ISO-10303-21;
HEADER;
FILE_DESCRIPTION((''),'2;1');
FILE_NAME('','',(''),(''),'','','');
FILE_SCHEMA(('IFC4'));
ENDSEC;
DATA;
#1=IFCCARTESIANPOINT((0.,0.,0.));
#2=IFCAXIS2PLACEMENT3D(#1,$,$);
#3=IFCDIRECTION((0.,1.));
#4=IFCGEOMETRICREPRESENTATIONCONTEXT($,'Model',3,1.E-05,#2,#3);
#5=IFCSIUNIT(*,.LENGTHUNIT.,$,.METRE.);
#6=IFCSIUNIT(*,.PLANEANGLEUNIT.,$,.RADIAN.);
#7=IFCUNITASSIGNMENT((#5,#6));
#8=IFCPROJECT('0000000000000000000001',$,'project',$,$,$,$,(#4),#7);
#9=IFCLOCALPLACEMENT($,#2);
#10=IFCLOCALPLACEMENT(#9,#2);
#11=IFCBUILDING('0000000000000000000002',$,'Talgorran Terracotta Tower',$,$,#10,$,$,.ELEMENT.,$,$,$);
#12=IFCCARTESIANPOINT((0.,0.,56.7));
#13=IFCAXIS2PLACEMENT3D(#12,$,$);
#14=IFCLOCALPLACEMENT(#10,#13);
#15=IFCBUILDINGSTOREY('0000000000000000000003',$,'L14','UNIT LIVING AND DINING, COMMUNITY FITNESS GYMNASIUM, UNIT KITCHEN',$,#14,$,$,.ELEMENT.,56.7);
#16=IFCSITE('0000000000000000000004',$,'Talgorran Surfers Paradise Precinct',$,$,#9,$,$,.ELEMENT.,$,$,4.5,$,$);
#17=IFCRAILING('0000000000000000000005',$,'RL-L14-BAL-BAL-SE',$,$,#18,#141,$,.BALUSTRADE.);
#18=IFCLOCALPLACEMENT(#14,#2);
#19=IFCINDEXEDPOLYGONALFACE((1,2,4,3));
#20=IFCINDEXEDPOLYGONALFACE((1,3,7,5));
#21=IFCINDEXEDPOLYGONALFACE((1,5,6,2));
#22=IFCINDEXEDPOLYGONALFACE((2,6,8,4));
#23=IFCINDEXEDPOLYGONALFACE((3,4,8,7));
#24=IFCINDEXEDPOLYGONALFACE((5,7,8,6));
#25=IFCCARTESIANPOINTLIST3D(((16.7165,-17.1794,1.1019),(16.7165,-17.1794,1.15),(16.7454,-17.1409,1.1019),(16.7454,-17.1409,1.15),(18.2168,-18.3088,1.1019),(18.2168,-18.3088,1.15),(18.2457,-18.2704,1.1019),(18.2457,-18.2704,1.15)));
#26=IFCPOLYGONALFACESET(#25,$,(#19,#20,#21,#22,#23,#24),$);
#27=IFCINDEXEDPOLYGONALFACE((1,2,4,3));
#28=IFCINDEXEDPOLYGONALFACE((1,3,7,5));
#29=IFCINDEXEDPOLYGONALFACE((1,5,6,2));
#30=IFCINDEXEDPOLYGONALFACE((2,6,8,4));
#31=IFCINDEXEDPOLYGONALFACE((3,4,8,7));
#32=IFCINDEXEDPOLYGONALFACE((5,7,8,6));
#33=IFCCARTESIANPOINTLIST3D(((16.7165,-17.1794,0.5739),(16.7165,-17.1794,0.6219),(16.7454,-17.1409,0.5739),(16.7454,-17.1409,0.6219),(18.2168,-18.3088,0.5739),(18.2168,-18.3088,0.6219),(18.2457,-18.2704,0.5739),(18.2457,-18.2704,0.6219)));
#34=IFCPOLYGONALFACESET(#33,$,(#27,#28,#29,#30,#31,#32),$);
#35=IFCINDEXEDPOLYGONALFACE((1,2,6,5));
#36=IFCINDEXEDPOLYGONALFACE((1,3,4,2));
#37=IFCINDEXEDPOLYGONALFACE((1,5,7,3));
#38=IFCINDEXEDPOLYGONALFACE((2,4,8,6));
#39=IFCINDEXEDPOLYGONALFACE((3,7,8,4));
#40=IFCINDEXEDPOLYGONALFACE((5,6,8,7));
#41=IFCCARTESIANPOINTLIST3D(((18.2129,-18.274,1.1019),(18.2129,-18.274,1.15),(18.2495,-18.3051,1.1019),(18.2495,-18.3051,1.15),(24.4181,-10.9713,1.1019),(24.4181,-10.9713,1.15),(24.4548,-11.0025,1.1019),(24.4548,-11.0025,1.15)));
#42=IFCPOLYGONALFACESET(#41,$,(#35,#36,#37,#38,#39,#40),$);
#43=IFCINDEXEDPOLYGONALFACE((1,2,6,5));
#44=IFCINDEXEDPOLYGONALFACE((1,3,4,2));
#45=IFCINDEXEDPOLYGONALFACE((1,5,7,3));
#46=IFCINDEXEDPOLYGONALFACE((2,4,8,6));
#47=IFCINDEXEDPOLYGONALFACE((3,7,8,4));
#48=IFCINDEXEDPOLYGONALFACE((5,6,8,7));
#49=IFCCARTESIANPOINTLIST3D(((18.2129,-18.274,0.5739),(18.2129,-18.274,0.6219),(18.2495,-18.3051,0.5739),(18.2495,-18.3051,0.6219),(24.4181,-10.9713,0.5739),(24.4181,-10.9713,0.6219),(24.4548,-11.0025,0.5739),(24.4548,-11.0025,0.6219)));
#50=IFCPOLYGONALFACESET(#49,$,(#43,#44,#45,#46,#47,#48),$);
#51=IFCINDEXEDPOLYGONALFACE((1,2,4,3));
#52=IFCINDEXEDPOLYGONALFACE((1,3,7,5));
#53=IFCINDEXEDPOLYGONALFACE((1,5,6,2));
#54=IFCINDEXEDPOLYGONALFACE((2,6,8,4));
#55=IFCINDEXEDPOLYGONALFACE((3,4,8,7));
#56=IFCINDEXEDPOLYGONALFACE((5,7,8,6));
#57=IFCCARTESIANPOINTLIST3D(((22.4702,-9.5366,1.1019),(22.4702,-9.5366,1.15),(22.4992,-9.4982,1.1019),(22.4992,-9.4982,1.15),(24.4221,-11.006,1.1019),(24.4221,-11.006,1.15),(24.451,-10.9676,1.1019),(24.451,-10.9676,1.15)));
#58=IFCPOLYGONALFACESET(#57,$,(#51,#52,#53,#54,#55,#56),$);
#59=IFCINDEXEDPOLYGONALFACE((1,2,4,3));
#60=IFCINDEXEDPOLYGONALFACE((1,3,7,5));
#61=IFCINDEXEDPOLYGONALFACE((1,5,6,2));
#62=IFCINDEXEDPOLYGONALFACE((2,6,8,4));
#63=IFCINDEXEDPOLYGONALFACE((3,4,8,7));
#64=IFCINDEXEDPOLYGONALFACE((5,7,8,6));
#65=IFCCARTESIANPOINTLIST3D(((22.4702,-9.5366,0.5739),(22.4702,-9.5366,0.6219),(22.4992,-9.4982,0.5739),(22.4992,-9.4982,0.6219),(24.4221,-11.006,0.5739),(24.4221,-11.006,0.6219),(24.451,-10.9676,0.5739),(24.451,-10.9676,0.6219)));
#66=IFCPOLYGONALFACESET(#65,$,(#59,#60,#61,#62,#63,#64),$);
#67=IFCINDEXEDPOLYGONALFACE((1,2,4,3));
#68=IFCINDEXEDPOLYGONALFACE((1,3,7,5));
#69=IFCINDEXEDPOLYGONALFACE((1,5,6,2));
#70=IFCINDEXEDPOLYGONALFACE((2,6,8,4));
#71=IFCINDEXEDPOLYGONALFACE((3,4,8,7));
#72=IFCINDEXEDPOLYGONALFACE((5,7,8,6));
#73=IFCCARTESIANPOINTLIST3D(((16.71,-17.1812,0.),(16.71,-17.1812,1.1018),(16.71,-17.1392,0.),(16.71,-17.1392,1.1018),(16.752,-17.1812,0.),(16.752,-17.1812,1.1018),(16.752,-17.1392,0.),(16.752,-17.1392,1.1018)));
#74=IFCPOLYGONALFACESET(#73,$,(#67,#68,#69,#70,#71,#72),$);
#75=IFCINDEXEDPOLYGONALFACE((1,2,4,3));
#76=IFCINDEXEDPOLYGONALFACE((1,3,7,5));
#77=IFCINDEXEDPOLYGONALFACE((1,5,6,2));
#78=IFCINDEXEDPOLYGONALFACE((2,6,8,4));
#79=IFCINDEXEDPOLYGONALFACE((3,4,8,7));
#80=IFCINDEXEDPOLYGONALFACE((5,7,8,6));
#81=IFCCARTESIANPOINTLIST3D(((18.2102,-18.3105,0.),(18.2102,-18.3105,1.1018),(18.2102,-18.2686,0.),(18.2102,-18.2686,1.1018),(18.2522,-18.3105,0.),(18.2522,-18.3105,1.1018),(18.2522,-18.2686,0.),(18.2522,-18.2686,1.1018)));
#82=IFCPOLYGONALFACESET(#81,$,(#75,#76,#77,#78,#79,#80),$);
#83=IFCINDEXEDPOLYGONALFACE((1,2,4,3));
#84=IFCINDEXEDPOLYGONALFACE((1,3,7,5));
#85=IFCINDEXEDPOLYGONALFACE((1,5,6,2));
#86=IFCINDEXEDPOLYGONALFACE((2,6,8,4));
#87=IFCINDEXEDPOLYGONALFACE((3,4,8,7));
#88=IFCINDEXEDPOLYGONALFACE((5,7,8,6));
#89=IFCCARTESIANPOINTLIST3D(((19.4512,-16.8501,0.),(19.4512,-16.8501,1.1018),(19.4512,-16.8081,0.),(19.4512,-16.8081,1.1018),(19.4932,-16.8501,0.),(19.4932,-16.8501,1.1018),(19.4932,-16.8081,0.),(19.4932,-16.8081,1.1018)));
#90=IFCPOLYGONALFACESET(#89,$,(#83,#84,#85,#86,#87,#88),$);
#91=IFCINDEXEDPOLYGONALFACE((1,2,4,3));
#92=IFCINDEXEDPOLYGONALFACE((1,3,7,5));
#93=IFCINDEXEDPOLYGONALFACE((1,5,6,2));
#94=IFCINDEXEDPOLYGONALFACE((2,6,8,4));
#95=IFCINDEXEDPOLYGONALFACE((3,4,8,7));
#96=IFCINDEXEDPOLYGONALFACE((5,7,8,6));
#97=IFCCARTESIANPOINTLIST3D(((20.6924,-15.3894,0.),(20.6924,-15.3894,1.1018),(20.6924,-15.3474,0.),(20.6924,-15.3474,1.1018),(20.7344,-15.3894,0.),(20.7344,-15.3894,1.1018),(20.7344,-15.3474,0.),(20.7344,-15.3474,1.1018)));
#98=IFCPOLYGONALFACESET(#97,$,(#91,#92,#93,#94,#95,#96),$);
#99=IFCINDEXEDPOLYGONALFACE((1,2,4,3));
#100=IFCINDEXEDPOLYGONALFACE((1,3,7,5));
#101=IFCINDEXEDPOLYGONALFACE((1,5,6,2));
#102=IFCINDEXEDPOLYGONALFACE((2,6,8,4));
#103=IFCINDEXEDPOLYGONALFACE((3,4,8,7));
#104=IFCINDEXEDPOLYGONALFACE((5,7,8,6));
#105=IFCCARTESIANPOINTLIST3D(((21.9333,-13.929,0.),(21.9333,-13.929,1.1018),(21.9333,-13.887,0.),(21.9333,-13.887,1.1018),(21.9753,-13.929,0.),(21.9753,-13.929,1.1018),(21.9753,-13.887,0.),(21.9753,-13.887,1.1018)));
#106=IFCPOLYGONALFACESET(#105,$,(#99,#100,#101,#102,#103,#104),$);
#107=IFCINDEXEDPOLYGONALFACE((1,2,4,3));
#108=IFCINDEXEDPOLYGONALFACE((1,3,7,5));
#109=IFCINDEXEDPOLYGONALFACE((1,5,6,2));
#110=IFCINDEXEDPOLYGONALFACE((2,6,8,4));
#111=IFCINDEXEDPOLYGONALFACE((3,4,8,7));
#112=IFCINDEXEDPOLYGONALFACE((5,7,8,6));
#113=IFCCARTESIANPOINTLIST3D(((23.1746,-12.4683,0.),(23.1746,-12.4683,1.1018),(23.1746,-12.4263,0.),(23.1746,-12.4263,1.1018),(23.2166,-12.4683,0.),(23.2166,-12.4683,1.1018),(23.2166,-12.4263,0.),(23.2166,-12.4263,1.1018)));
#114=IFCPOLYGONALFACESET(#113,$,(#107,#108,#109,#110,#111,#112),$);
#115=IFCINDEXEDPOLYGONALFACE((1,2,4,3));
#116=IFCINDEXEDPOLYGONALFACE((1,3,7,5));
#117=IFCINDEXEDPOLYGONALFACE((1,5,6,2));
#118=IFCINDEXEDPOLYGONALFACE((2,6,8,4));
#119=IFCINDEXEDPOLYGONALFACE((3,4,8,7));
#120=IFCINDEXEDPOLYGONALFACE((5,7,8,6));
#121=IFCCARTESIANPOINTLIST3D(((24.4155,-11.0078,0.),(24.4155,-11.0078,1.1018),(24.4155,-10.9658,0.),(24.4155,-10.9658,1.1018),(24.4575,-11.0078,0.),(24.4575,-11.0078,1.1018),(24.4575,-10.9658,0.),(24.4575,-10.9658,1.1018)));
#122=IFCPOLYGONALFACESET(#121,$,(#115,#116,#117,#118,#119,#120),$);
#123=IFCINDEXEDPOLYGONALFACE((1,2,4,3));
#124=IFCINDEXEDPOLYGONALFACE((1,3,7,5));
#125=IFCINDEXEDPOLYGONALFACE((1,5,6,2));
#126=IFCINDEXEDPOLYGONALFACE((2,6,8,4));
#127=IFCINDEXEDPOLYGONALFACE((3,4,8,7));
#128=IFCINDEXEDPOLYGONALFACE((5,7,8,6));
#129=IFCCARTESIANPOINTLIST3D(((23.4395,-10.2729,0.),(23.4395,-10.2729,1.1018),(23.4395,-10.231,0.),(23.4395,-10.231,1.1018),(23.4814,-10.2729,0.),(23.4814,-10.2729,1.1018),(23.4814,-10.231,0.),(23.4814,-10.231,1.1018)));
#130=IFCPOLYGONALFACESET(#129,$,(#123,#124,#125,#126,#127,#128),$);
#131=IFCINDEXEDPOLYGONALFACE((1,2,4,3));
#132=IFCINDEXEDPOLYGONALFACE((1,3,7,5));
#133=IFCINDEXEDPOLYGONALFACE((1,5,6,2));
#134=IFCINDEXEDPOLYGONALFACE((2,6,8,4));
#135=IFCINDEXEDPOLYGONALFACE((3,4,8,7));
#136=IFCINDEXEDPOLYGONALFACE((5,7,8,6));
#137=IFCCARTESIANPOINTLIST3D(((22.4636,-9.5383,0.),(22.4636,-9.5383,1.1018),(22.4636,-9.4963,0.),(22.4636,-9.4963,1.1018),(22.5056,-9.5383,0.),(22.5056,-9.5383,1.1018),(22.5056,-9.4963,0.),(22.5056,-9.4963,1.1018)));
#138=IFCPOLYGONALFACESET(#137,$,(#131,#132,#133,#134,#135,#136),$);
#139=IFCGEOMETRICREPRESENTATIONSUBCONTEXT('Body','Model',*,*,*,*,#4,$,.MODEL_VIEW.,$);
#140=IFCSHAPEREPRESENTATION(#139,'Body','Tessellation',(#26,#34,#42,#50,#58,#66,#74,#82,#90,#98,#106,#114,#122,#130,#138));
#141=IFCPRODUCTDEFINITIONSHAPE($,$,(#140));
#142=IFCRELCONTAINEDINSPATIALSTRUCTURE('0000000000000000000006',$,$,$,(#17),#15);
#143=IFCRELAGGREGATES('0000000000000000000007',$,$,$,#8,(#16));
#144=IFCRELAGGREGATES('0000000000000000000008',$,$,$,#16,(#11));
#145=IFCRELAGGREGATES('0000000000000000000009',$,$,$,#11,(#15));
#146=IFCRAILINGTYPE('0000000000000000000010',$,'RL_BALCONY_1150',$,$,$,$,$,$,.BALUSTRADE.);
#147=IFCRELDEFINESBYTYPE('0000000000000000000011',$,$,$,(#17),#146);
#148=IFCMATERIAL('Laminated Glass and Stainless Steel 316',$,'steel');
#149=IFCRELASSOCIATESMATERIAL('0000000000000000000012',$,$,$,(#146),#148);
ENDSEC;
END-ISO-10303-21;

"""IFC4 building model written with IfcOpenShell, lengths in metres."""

from ifc_helpers import new_model, si_unit, direction, frame, origin, origin_2d, place, context, subcontext, project, spatial, rectangle, extrude, material, type_object, element, save


model = new_model("IFC4")

# Units and contexts
model_context = context("Model", 3, precision=1e-05, world=origin(), true_north=direction((0.0, 1.0)))
body_context = subcontext(model_context, "Body", "Model", "MODEL_VIEW")
ifc_project = project(units=[si_unit("LENGTHUNIT", "METRE"), si_unit("PLANEANGLEUNIT", "RADIAN")], contexts=[model_context])

# Site, building, storey
site_placement = place(None, origin())
site = spatial("IfcSite", under=ifc_project, at=site_placement, Name="Talgorran Surfers Paradise Precinct", CompositionType="ELEMENT", RefElevation=4.5)
building_placement = place(site_placement, origin())
building = spatial("IfcBuilding", under=site, at=building_placement, Name="Talgorran Terracotta Tower", CompositionType="ELEMENT")
storey_placement = place(building_placement, frame((0.0, 0.0, 56.7)))
storey = spatial("IfcBuildingStorey", under=building, at=storey_placement, Name="L14", Description="UNIT LIVING AND DINING, COMMUNITY FITNESS GYMNASIUM, UNIT KITCHEN", CompositionType="ELEMENT", Elevation=56.7)

# Railing
ifc_material_1 = material(Name="Laminated Glass and Stainless Steel 316", Category="steel")
railing_type = type_object("IfcRailingType", Name="RL_BALCONY_1150", PredefinedType="BALUSTRADE", material=ifc_material_1)
railing_placement = place(storey_placement, frame((16.731, -17.1602, 0.0)))
element("IfcRailing", 1, at=railing_placement, inside=storey, type_object=railing_type, Name="RL-L14-BAL-BAL-SE", PredefinedType="BALUSTRADE", context=body_context, shape_type="SweptSolid", body=[
    extrude(rectangle(XDim=0.0481, YDim=0.0481, at=origin_2d()), frame((0.0, 0.0, 1.126), z_axis=(0.798922, -0.601434, 0.0), x_axis=(0.601434, 0.798922, 0.0)), (0.0, 0.0, 1.0), 1.8779),
    extrude(rectangle(XDim=0.0481, YDim=0.0481, at=origin_2d()), frame((0.0, 0.0, 0.5979), z_axis=(0.798922, -0.601434, 0.0), x_axis=(0.601434, 0.798922, 0.0)), (0.0, 0.0, 1.0), 1.8779),
    extrude(rectangle(XDim=0.0481, YDim=0.0481, at=origin_2d()), frame((1.5002, -1.1294, 1.126), z_axis=(0.647527, 0.762042, 0.0), x_axis=(-0.762042, 0.647527, 0.0)), (0.0, 0.0, 1.0), 9.583),
    extrude(rectangle(XDim=0.0481, YDim=0.0481, at=origin_2d()), frame((1.5002, -1.1294, 0.5979), z_axis=(0.647527, 0.762042, 0.0), x_axis=(-0.762042, 0.647527, 0.0)), (0.0, 0.0, 1.0), 9.583),
    extrude(rectangle(XDim=0.0481, YDim=0.0481, at=origin_2d()), frame((7.7056, 6.1733, 1.126), z_axis=(-0.798907, 0.601454, 0.0), x_axis=(-0.601454, -0.798907, 0.0)), (0.0, 0.0, 1.0), 2.4431),
    extrude(rectangle(XDim=0.0481, YDim=0.0481, at=origin_2d()), frame((7.7056, 6.1733, 0.5979), z_axis=(-0.798907, 0.601454, 0.0), x_axis=(-0.601454, -0.798907, 0.0)), (0.0, 0.0, 1.0), 2.4431),
    extrude(rectangle(XDim=0.042, YDim=0.042, at=origin_2d()), origin(), (0.0, 0.0, 1.0), 1.1018),
    extrude(rectangle(XDim=0.042, YDim=0.042, at=origin_2d()), frame((1.5002, -1.1294, 0.0)), (0.0, 0.0, 1.0), 1.1018),
    extrude(rectangle(XDim=0.042, YDim=0.042, at=origin_2d()), frame((2.7412, 0.3311, 0.0)), (0.0, 0.0, 1.0), 1.1018),
    extrude(rectangle(XDim=0.042, YDim=0.042, at=origin_2d()), frame((3.9824, 1.7917, 0.0)), (0.0, 0.0, 1.0), 1.1018),
    extrude(rectangle(XDim=0.042, YDim=0.042, at=origin_2d()), frame((5.2234, 3.2522, 0.0)), (0.0, 0.0, 1.0), 1.1018),
    extrude(rectangle(XDim=0.042, YDim=0.042, at=origin_2d()), frame((6.4646, 4.7129, 0.0)), (0.0, 0.0, 1.0), 1.1018),
    extrude(rectangle(XDim=0.042, YDim=0.042, at=origin_2d()), frame((7.7056, 6.1733, 0.0)), (0.0, 0.0, 1.0), 1.1018),
    extrude(rectangle(XDim=0.042, YDim=0.042, at=origin_2d()), frame((6.7295, 6.9082, 0.0)), (0.0, 0.0, 1.0), 1.1018),
    extrude(rectangle(XDim=0.042, YDim=0.042, at=origin_2d()), frame((5.7537, 7.6428, 0.0)), (0.0, 0.0, 1.0), 1.1018),
])

save(model, "model.ifc")
